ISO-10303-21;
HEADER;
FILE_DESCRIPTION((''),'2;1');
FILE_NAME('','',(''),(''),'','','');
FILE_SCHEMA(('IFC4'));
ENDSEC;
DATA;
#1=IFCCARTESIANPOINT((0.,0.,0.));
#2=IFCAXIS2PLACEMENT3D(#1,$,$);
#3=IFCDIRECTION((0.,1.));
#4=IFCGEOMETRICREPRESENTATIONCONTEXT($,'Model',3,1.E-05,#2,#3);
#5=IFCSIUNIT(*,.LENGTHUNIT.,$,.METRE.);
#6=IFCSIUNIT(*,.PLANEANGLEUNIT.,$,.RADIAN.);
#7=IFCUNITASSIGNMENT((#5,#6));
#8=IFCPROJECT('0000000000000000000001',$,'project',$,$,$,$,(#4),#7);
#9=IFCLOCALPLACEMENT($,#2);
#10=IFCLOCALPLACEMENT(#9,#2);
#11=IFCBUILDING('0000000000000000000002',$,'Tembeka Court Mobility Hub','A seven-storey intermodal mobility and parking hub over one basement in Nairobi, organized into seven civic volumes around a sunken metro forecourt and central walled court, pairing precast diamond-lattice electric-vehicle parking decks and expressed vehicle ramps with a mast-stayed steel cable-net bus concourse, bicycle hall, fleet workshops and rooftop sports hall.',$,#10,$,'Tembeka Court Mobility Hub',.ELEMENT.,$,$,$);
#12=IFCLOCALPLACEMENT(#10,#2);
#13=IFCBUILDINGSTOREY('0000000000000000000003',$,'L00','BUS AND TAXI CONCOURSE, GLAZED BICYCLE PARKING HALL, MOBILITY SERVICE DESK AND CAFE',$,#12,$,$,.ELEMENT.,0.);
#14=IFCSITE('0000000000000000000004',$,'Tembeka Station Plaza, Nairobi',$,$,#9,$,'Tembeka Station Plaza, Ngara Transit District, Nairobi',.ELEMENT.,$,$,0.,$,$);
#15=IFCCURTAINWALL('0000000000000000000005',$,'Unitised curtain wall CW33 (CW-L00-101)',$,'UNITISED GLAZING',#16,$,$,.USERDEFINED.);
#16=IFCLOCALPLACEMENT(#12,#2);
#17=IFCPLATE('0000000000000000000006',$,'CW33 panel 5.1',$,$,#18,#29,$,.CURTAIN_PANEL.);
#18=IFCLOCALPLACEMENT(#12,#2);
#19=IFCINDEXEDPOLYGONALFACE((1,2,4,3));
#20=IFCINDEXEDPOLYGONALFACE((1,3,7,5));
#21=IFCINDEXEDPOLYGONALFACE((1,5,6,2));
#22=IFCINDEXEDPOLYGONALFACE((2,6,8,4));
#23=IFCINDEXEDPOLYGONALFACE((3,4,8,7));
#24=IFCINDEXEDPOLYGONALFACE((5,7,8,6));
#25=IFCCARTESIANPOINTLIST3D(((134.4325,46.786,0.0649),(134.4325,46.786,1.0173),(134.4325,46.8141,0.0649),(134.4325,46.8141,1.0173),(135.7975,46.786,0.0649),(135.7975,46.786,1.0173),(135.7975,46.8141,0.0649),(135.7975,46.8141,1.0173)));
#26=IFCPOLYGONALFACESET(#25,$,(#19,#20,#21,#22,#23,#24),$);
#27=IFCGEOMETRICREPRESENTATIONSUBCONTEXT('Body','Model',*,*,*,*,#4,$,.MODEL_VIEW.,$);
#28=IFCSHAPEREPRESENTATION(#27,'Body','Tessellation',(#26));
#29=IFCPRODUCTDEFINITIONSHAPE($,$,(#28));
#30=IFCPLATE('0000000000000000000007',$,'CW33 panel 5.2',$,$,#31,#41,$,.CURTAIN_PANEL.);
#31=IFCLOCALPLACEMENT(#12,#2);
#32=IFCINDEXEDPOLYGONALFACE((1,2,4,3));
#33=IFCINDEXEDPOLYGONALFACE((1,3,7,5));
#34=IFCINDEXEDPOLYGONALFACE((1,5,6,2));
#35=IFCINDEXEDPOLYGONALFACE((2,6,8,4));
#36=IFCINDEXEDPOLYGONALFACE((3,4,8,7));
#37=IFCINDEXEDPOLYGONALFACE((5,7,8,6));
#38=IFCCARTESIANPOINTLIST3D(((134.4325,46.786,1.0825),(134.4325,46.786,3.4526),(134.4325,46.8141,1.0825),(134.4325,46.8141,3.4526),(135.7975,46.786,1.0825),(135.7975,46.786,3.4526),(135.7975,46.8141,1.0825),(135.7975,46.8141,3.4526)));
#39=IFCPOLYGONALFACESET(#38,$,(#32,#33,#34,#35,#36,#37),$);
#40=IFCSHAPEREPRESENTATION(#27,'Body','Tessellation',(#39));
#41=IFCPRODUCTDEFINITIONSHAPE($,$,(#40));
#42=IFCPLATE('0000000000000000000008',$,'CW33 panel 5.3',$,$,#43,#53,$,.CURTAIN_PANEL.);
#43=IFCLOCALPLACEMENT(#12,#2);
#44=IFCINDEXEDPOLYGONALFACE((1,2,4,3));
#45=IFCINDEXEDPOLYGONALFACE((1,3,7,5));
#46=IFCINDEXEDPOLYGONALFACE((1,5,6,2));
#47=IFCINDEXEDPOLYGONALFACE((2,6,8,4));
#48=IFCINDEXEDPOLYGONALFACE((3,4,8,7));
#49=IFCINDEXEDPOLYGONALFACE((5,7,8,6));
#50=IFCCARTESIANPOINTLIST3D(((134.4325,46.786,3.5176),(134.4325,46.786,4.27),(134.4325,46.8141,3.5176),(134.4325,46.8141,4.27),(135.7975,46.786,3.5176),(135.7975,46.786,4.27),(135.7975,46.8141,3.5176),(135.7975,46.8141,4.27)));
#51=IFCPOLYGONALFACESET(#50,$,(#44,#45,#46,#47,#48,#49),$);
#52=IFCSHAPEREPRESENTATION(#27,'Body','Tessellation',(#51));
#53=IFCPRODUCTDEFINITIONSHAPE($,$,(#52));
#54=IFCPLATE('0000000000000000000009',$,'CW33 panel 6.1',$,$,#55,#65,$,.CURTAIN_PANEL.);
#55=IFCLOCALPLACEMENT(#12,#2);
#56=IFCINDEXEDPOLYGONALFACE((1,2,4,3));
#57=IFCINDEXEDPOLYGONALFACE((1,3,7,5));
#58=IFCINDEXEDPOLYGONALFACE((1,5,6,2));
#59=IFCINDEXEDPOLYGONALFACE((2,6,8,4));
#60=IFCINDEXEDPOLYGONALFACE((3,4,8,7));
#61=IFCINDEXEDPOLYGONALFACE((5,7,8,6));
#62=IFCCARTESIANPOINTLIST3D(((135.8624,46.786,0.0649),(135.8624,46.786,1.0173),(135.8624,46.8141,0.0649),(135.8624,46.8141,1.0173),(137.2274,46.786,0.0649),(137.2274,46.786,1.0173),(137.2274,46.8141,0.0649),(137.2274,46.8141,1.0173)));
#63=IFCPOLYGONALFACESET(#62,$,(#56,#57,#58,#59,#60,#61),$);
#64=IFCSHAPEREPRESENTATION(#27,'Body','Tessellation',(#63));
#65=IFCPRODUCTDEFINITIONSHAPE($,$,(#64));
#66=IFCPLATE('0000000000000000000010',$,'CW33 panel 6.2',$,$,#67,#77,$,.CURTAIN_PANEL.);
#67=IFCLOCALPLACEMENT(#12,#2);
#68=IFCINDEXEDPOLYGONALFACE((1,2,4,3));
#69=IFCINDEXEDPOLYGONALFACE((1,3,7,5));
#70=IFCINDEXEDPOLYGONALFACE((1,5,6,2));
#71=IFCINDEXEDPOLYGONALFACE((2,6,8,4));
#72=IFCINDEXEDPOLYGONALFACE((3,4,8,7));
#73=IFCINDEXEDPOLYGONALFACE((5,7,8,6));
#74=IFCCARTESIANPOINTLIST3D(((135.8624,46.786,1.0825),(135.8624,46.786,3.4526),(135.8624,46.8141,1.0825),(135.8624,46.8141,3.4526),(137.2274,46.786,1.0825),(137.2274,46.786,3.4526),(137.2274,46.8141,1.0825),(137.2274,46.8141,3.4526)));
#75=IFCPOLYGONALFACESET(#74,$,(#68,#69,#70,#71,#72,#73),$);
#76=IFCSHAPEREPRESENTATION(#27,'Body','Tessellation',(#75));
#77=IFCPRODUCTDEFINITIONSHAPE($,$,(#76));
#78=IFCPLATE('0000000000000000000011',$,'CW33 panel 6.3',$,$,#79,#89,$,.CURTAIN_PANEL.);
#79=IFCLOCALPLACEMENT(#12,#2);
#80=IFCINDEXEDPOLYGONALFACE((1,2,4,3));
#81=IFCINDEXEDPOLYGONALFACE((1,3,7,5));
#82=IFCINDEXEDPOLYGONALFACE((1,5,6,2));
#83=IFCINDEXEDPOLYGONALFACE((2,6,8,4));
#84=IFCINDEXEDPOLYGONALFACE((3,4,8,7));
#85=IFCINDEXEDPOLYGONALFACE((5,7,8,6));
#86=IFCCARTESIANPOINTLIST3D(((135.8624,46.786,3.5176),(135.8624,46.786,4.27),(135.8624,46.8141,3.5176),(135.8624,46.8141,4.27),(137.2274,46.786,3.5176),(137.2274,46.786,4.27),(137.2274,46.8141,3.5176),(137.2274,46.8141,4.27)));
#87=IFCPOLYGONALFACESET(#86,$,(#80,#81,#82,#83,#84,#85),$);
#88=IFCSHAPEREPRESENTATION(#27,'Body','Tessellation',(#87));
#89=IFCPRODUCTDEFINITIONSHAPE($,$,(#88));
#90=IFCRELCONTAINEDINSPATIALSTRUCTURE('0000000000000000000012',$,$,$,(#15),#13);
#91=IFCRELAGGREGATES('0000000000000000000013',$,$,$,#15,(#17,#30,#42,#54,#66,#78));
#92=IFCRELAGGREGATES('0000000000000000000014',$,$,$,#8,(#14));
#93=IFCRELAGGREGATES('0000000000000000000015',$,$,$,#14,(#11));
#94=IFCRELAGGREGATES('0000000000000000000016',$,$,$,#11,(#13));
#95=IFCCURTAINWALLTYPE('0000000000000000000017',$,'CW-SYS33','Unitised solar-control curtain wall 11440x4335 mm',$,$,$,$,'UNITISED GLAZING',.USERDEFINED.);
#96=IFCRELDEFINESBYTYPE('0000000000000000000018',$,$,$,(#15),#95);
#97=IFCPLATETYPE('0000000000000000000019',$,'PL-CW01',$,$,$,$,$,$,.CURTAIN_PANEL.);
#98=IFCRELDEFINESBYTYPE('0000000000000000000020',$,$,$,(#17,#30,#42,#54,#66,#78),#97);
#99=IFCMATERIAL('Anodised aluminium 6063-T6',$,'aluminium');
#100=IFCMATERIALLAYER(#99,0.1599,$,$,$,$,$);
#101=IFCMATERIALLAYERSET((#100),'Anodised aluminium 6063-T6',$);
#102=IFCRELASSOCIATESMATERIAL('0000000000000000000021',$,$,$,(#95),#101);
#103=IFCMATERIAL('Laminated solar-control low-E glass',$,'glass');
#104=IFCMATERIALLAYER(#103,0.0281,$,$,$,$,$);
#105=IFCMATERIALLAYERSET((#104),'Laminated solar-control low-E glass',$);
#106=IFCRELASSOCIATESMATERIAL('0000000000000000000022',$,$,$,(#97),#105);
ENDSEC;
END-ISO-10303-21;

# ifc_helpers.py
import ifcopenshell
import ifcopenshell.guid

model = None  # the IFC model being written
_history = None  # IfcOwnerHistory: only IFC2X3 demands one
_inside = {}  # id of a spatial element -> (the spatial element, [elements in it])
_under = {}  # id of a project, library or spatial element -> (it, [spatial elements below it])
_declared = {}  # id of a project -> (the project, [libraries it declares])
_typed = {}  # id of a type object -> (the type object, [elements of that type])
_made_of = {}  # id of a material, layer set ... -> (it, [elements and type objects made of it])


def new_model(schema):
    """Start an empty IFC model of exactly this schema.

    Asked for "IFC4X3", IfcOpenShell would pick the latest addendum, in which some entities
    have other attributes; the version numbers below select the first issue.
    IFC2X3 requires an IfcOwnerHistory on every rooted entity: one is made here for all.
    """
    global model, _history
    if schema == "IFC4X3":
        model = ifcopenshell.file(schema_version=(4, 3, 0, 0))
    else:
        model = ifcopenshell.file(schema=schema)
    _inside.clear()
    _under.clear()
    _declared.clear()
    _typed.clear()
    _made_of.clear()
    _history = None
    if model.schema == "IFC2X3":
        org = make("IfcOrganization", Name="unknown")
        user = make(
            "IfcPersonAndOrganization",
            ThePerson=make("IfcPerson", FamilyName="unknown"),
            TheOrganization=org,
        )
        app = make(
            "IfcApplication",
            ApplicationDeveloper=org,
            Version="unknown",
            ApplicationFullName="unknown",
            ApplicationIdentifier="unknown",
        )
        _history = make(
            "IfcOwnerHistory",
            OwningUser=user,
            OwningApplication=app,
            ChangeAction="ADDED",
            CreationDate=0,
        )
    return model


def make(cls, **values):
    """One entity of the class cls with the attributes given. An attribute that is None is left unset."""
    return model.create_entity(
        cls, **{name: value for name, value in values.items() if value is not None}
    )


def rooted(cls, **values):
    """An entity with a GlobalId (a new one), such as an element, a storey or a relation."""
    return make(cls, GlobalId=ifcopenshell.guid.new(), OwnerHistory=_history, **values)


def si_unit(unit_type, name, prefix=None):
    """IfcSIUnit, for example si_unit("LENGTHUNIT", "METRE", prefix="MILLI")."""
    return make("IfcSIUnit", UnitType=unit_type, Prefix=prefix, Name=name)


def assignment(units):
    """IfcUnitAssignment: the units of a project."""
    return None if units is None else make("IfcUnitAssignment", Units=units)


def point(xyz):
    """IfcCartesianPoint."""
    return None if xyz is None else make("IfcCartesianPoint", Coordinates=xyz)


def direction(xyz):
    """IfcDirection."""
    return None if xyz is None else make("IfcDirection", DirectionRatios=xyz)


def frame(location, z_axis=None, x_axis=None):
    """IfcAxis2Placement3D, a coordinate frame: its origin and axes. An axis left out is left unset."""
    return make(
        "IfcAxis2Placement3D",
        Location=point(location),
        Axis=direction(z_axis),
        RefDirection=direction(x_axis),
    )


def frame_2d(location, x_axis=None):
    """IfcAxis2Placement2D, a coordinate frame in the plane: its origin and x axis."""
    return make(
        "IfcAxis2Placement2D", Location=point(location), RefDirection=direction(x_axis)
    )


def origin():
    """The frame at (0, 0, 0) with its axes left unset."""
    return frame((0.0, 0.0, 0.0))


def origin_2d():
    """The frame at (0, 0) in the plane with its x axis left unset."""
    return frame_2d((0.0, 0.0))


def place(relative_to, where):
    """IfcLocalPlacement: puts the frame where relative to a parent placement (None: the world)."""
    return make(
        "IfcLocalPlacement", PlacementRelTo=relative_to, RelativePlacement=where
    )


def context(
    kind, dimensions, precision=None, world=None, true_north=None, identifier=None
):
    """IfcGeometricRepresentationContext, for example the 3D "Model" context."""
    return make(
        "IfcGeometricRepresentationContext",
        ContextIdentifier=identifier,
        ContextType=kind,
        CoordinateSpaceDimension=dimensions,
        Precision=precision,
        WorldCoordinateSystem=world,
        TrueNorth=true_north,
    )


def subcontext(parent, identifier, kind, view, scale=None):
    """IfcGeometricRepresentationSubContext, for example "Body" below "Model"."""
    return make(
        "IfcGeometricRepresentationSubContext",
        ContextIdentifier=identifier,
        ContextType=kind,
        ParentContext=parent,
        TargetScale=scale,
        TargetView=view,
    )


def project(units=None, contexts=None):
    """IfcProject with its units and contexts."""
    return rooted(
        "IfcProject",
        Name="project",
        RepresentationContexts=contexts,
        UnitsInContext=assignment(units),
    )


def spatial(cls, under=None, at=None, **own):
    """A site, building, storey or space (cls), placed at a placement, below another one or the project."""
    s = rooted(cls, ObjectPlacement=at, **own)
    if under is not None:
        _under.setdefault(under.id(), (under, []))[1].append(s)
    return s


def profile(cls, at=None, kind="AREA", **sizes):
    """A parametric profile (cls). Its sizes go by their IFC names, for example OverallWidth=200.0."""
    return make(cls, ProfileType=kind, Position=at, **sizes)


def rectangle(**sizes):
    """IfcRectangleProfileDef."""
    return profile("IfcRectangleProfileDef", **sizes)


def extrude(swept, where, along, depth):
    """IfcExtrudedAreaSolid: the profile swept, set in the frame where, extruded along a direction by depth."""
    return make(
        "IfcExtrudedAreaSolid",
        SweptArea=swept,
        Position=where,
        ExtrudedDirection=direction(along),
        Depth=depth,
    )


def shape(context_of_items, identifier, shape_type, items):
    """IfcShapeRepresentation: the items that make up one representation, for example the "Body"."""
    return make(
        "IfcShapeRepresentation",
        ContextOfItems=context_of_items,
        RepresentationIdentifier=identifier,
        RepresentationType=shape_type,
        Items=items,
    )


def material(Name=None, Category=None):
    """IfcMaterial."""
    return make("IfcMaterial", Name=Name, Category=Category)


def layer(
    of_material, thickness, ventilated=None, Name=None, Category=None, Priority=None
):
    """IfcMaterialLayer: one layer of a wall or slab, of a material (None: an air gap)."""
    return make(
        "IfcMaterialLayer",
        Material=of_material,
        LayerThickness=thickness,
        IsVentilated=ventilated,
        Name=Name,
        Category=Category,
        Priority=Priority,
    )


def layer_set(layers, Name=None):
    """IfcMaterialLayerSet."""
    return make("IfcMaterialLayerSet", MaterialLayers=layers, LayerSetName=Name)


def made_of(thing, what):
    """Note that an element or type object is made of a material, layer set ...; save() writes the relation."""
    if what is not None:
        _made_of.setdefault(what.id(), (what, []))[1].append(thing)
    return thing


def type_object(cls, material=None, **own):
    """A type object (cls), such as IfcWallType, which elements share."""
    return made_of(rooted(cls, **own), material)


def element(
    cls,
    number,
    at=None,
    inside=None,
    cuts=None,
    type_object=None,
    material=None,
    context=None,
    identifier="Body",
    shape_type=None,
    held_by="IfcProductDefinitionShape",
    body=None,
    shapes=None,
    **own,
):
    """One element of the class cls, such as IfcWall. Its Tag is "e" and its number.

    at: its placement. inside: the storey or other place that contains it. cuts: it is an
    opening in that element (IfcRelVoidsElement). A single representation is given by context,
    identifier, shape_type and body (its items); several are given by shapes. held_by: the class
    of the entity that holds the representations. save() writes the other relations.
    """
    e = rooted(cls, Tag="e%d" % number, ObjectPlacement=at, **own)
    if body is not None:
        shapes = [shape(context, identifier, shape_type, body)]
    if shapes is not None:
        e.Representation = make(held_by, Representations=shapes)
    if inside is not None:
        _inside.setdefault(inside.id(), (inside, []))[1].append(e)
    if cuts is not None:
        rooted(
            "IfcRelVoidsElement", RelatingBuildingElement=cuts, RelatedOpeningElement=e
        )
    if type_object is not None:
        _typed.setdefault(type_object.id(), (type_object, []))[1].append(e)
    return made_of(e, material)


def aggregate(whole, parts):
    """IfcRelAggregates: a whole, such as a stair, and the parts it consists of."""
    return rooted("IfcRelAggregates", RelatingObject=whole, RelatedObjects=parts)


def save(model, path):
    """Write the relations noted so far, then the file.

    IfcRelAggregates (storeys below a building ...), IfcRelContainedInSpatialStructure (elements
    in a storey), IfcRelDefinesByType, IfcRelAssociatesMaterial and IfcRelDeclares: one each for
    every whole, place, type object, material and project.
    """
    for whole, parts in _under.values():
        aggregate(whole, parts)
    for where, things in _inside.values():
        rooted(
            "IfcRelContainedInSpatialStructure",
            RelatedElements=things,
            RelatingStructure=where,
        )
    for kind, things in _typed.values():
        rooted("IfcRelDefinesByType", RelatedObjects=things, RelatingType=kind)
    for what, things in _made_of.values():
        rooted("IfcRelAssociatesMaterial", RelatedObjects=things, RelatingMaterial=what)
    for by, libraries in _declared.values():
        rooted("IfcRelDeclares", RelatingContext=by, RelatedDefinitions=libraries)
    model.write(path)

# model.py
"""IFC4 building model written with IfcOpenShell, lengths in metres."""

from ifc_helpers import new_model, si_unit, direction, frame, origin, origin_2d, place, context, subcontext, project, spatial, rectangle, extrude, material, layer, layer_set, type_object, element, aggregate, save


model = new_model("IFC4")

# Units and contexts
model_context = context("Model", 3, precision=1e-05, world=origin(), true_north=direction((0.0, 1.0)))
body_context = subcontext(model_context, "Body", "Model", "MODEL_VIEW")
ifc_project = project(units=[si_unit("LENGTHUNIT", "METRE"), si_unit("PLANEANGLEUNIT", "RADIAN")], contexts=[model_context])

# Site, building, storey
site_placement = place(None, origin())
site = spatial("IfcSite", under=ifc_project, at=site_placement, Name="Tembeka Station Plaza, Nairobi", LongName="Tembeka Station Plaza, Ngara Transit District, Nairobi", CompositionType="ELEMENT", RefElevation=0.0)
building_placement = place(site_placement, origin())
building = spatial("IfcBuilding", under=site, at=building_placement, Name="Tembeka Court Mobility Hub", Description="A seven-storey intermodal mobility and parking hub over one basement in Nairobi, organized into seven civic volumes around a sunken metro forecourt and central walled court, pairing precast diamond-lattice electric-vehicle parking decks and expressed vehicle ramps with a mast-stayed steel cable-net bus concourse, bicycle hall, fleet workshops and rooftop sports hall.", LongName="Tembeka Court Mobility Hub", CompositionType="ELEMENT")
storey_placement = place(building_placement, origin())
storey = spatial("IfcBuildingStorey", under=building, at=storey_placement, Name="L00", Description="BUS AND TAXI CONCOURSE, GLAZED BICYCLE PARKING HALL, MOBILITY SERVICE DESK AND CAFE", CompositionType="ELEMENT", Elevation=0.0)

# Curtain wall, plates
ifc_material_1 = material(Name="Anodised aluminium 6063-T6", Category="aluminium")
ifc_layer_1 = layer(ifc_material_1, 0.1599)
ifc_layer_set_1 = layer_set([ifc_layer_1], Name="Anodised aluminium 6063-T6")
curtain_wall_type = type_object("IfcCurtainWallType", Name="CW-SYS33", Description="Unitised solar-control curtain wall 11440x4335 mm", ElementType="UNITISED GLAZING", PredefinedType="USERDEFINED", material=ifc_layer_set_1)
curtain_wall_placement = place(storey_placement, origin())
curtain_wall = element("IfcCurtainWall", 1, at=curtain_wall_placement, inside=storey, type_object=curtain_wall_type, Name="Unitised curtain wall CW33 (CW-L00-101)", ObjectType="UNITISED GLAZING", PredefinedType="USERDEFINED")
ifc_material_2 = material(Name="Laminated solar-control low-E glass", Category="glass")
ifc_layer_2 = layer(ifc_material_2, 0.0281)
ifc_layer_set_2 = layer_set([ifc_layer_2], Name="Laminated solar-control low-E glass")
plate_type = type_object("IfcPlateType", Name="PL-CW01", PredefinedType="CURTAIN_PANEL", material=ifc_layer_set_2)
plate_1_placement = place(storey_placement, frame((135.115, 46.8, 0.0649), z_axis=(0.0, 0.0, 1.0), x_axis=(1.0, 0.0, 0.0)))
plate_1 = element("IfcPlate", 2, at=plate_1_placement, type_object=plate_type, Name="CW33 panel 5.1", PredefinedType="CURTAIN_PANEL", context=body_context, shape_type="SweptSolid", body=[
    extrude(rectangle(XDim=1.365, YDim=0.0281, at=origin_2d()), origin(), (0.0, 0.0, 1.0), 0.9524),
])
plate_2_placement = place(storey_placement, frame((135.115, 46.8, 1.0825), z_axis=(0.0, 0.0, 1.0), x_axis=(1.0, 0.0, 0.0)))
plate_2 = element("IfcPlate", 3, at=plate_2_placement, type_object=plate_type, Name="CW33 panel 5.2", PredefinedType="CURTAIN_PANEL", context=body_context, shape_type="SweptSolid", body=[
    extrude(rectangle(XDim=1.365, YDim=0.0281, at=origin_2d()), origin(), (0.0, 0.0, 1.0), 2.3701),
])
plate_3_placement = place(storey_placement, frame((135.115, 46.8, 3.5176), z_axis=(0.0, 0.0, 1.0), x_axis=(1.0, 0.0, 0.0)))
plate_3 = element("IfcPlate", 4, at=plate_3_placement, type_object=plate_type, Name="CW33 panel 5.3", PredefinedType="CURTAIN_PANEL", context=body_context, shape_type="SweptSolid", body=[
    extrude(rectangle(XDim=1.365, YDim=0.0281, at=origin_2d()), origin(), (0.0, 0.0, 1.0), 0.7524),
])
plate_4_placement = place(storey_placement, frame((136.5449, 46.8, 0.0649), z_axis=(0.0, 0.0, 1.0), x_axis=(1.0, 0.0, 0.0)))
plate_4 = element("IfcPlate", 5, at=plate_4_placement, type_object=plate_type, Name="CW33 panel 6.1", PredefinedType="CURTAIN_PANEL", context=body_context, shape_type="SweptSolid", body=[
    extrude(rectangle(XDim=1.365, YDim=0.0281, at=origin_2d()), origin(), (0.0, 0.0, 1.0), 0.9524),
])
plate_5_placement = place(storey_placement, frame((136.5449, 46.8, 1.0825), z_axis=(0.0, 0.0, 1.0), x_axis=(1.0, 0.0, 0.0)))
plate_5 = element("IfcPlate", 6, at=plate_5_placement, type_object=plate_type, Name="CW33 panel 6.2", PredefinedType="CURTAIN_PANEL", context=body_context, shape_type="SweptSolid", body=[
    extrude(rectangle(XDim=1.365, YDim=0.0281, at=origin_2d()), origin(), (0.0, 0.0, 1.0), 2.3701),
])
plate_6_placement = place(storey_placement, frame((136.5449, 46.8, 3.5176), z_axis=(0.0, 0.0, 1.0), x_axis=(1.0, 0.0, 0.0)))
plate_6 = element("IfcPlate", 7, at=plate_6_placement, type_object=plate_type, Name="CW33 panel 6.3", PredefinedType="CURTAIN_PANEL", context=body_context, shape_type="SweptSolid", body=[
    extrude(rectangle(XDim=1.365, YDim=0.0281, at=origin_2d()), origin(), (0.0, 0.0, 1.0), 0.7524),
])
aggregate(curtain_wall, [plate_1, plate_2, plate_3, plate_4, plate_5, plate_6])

save(model, "model.ifc")
